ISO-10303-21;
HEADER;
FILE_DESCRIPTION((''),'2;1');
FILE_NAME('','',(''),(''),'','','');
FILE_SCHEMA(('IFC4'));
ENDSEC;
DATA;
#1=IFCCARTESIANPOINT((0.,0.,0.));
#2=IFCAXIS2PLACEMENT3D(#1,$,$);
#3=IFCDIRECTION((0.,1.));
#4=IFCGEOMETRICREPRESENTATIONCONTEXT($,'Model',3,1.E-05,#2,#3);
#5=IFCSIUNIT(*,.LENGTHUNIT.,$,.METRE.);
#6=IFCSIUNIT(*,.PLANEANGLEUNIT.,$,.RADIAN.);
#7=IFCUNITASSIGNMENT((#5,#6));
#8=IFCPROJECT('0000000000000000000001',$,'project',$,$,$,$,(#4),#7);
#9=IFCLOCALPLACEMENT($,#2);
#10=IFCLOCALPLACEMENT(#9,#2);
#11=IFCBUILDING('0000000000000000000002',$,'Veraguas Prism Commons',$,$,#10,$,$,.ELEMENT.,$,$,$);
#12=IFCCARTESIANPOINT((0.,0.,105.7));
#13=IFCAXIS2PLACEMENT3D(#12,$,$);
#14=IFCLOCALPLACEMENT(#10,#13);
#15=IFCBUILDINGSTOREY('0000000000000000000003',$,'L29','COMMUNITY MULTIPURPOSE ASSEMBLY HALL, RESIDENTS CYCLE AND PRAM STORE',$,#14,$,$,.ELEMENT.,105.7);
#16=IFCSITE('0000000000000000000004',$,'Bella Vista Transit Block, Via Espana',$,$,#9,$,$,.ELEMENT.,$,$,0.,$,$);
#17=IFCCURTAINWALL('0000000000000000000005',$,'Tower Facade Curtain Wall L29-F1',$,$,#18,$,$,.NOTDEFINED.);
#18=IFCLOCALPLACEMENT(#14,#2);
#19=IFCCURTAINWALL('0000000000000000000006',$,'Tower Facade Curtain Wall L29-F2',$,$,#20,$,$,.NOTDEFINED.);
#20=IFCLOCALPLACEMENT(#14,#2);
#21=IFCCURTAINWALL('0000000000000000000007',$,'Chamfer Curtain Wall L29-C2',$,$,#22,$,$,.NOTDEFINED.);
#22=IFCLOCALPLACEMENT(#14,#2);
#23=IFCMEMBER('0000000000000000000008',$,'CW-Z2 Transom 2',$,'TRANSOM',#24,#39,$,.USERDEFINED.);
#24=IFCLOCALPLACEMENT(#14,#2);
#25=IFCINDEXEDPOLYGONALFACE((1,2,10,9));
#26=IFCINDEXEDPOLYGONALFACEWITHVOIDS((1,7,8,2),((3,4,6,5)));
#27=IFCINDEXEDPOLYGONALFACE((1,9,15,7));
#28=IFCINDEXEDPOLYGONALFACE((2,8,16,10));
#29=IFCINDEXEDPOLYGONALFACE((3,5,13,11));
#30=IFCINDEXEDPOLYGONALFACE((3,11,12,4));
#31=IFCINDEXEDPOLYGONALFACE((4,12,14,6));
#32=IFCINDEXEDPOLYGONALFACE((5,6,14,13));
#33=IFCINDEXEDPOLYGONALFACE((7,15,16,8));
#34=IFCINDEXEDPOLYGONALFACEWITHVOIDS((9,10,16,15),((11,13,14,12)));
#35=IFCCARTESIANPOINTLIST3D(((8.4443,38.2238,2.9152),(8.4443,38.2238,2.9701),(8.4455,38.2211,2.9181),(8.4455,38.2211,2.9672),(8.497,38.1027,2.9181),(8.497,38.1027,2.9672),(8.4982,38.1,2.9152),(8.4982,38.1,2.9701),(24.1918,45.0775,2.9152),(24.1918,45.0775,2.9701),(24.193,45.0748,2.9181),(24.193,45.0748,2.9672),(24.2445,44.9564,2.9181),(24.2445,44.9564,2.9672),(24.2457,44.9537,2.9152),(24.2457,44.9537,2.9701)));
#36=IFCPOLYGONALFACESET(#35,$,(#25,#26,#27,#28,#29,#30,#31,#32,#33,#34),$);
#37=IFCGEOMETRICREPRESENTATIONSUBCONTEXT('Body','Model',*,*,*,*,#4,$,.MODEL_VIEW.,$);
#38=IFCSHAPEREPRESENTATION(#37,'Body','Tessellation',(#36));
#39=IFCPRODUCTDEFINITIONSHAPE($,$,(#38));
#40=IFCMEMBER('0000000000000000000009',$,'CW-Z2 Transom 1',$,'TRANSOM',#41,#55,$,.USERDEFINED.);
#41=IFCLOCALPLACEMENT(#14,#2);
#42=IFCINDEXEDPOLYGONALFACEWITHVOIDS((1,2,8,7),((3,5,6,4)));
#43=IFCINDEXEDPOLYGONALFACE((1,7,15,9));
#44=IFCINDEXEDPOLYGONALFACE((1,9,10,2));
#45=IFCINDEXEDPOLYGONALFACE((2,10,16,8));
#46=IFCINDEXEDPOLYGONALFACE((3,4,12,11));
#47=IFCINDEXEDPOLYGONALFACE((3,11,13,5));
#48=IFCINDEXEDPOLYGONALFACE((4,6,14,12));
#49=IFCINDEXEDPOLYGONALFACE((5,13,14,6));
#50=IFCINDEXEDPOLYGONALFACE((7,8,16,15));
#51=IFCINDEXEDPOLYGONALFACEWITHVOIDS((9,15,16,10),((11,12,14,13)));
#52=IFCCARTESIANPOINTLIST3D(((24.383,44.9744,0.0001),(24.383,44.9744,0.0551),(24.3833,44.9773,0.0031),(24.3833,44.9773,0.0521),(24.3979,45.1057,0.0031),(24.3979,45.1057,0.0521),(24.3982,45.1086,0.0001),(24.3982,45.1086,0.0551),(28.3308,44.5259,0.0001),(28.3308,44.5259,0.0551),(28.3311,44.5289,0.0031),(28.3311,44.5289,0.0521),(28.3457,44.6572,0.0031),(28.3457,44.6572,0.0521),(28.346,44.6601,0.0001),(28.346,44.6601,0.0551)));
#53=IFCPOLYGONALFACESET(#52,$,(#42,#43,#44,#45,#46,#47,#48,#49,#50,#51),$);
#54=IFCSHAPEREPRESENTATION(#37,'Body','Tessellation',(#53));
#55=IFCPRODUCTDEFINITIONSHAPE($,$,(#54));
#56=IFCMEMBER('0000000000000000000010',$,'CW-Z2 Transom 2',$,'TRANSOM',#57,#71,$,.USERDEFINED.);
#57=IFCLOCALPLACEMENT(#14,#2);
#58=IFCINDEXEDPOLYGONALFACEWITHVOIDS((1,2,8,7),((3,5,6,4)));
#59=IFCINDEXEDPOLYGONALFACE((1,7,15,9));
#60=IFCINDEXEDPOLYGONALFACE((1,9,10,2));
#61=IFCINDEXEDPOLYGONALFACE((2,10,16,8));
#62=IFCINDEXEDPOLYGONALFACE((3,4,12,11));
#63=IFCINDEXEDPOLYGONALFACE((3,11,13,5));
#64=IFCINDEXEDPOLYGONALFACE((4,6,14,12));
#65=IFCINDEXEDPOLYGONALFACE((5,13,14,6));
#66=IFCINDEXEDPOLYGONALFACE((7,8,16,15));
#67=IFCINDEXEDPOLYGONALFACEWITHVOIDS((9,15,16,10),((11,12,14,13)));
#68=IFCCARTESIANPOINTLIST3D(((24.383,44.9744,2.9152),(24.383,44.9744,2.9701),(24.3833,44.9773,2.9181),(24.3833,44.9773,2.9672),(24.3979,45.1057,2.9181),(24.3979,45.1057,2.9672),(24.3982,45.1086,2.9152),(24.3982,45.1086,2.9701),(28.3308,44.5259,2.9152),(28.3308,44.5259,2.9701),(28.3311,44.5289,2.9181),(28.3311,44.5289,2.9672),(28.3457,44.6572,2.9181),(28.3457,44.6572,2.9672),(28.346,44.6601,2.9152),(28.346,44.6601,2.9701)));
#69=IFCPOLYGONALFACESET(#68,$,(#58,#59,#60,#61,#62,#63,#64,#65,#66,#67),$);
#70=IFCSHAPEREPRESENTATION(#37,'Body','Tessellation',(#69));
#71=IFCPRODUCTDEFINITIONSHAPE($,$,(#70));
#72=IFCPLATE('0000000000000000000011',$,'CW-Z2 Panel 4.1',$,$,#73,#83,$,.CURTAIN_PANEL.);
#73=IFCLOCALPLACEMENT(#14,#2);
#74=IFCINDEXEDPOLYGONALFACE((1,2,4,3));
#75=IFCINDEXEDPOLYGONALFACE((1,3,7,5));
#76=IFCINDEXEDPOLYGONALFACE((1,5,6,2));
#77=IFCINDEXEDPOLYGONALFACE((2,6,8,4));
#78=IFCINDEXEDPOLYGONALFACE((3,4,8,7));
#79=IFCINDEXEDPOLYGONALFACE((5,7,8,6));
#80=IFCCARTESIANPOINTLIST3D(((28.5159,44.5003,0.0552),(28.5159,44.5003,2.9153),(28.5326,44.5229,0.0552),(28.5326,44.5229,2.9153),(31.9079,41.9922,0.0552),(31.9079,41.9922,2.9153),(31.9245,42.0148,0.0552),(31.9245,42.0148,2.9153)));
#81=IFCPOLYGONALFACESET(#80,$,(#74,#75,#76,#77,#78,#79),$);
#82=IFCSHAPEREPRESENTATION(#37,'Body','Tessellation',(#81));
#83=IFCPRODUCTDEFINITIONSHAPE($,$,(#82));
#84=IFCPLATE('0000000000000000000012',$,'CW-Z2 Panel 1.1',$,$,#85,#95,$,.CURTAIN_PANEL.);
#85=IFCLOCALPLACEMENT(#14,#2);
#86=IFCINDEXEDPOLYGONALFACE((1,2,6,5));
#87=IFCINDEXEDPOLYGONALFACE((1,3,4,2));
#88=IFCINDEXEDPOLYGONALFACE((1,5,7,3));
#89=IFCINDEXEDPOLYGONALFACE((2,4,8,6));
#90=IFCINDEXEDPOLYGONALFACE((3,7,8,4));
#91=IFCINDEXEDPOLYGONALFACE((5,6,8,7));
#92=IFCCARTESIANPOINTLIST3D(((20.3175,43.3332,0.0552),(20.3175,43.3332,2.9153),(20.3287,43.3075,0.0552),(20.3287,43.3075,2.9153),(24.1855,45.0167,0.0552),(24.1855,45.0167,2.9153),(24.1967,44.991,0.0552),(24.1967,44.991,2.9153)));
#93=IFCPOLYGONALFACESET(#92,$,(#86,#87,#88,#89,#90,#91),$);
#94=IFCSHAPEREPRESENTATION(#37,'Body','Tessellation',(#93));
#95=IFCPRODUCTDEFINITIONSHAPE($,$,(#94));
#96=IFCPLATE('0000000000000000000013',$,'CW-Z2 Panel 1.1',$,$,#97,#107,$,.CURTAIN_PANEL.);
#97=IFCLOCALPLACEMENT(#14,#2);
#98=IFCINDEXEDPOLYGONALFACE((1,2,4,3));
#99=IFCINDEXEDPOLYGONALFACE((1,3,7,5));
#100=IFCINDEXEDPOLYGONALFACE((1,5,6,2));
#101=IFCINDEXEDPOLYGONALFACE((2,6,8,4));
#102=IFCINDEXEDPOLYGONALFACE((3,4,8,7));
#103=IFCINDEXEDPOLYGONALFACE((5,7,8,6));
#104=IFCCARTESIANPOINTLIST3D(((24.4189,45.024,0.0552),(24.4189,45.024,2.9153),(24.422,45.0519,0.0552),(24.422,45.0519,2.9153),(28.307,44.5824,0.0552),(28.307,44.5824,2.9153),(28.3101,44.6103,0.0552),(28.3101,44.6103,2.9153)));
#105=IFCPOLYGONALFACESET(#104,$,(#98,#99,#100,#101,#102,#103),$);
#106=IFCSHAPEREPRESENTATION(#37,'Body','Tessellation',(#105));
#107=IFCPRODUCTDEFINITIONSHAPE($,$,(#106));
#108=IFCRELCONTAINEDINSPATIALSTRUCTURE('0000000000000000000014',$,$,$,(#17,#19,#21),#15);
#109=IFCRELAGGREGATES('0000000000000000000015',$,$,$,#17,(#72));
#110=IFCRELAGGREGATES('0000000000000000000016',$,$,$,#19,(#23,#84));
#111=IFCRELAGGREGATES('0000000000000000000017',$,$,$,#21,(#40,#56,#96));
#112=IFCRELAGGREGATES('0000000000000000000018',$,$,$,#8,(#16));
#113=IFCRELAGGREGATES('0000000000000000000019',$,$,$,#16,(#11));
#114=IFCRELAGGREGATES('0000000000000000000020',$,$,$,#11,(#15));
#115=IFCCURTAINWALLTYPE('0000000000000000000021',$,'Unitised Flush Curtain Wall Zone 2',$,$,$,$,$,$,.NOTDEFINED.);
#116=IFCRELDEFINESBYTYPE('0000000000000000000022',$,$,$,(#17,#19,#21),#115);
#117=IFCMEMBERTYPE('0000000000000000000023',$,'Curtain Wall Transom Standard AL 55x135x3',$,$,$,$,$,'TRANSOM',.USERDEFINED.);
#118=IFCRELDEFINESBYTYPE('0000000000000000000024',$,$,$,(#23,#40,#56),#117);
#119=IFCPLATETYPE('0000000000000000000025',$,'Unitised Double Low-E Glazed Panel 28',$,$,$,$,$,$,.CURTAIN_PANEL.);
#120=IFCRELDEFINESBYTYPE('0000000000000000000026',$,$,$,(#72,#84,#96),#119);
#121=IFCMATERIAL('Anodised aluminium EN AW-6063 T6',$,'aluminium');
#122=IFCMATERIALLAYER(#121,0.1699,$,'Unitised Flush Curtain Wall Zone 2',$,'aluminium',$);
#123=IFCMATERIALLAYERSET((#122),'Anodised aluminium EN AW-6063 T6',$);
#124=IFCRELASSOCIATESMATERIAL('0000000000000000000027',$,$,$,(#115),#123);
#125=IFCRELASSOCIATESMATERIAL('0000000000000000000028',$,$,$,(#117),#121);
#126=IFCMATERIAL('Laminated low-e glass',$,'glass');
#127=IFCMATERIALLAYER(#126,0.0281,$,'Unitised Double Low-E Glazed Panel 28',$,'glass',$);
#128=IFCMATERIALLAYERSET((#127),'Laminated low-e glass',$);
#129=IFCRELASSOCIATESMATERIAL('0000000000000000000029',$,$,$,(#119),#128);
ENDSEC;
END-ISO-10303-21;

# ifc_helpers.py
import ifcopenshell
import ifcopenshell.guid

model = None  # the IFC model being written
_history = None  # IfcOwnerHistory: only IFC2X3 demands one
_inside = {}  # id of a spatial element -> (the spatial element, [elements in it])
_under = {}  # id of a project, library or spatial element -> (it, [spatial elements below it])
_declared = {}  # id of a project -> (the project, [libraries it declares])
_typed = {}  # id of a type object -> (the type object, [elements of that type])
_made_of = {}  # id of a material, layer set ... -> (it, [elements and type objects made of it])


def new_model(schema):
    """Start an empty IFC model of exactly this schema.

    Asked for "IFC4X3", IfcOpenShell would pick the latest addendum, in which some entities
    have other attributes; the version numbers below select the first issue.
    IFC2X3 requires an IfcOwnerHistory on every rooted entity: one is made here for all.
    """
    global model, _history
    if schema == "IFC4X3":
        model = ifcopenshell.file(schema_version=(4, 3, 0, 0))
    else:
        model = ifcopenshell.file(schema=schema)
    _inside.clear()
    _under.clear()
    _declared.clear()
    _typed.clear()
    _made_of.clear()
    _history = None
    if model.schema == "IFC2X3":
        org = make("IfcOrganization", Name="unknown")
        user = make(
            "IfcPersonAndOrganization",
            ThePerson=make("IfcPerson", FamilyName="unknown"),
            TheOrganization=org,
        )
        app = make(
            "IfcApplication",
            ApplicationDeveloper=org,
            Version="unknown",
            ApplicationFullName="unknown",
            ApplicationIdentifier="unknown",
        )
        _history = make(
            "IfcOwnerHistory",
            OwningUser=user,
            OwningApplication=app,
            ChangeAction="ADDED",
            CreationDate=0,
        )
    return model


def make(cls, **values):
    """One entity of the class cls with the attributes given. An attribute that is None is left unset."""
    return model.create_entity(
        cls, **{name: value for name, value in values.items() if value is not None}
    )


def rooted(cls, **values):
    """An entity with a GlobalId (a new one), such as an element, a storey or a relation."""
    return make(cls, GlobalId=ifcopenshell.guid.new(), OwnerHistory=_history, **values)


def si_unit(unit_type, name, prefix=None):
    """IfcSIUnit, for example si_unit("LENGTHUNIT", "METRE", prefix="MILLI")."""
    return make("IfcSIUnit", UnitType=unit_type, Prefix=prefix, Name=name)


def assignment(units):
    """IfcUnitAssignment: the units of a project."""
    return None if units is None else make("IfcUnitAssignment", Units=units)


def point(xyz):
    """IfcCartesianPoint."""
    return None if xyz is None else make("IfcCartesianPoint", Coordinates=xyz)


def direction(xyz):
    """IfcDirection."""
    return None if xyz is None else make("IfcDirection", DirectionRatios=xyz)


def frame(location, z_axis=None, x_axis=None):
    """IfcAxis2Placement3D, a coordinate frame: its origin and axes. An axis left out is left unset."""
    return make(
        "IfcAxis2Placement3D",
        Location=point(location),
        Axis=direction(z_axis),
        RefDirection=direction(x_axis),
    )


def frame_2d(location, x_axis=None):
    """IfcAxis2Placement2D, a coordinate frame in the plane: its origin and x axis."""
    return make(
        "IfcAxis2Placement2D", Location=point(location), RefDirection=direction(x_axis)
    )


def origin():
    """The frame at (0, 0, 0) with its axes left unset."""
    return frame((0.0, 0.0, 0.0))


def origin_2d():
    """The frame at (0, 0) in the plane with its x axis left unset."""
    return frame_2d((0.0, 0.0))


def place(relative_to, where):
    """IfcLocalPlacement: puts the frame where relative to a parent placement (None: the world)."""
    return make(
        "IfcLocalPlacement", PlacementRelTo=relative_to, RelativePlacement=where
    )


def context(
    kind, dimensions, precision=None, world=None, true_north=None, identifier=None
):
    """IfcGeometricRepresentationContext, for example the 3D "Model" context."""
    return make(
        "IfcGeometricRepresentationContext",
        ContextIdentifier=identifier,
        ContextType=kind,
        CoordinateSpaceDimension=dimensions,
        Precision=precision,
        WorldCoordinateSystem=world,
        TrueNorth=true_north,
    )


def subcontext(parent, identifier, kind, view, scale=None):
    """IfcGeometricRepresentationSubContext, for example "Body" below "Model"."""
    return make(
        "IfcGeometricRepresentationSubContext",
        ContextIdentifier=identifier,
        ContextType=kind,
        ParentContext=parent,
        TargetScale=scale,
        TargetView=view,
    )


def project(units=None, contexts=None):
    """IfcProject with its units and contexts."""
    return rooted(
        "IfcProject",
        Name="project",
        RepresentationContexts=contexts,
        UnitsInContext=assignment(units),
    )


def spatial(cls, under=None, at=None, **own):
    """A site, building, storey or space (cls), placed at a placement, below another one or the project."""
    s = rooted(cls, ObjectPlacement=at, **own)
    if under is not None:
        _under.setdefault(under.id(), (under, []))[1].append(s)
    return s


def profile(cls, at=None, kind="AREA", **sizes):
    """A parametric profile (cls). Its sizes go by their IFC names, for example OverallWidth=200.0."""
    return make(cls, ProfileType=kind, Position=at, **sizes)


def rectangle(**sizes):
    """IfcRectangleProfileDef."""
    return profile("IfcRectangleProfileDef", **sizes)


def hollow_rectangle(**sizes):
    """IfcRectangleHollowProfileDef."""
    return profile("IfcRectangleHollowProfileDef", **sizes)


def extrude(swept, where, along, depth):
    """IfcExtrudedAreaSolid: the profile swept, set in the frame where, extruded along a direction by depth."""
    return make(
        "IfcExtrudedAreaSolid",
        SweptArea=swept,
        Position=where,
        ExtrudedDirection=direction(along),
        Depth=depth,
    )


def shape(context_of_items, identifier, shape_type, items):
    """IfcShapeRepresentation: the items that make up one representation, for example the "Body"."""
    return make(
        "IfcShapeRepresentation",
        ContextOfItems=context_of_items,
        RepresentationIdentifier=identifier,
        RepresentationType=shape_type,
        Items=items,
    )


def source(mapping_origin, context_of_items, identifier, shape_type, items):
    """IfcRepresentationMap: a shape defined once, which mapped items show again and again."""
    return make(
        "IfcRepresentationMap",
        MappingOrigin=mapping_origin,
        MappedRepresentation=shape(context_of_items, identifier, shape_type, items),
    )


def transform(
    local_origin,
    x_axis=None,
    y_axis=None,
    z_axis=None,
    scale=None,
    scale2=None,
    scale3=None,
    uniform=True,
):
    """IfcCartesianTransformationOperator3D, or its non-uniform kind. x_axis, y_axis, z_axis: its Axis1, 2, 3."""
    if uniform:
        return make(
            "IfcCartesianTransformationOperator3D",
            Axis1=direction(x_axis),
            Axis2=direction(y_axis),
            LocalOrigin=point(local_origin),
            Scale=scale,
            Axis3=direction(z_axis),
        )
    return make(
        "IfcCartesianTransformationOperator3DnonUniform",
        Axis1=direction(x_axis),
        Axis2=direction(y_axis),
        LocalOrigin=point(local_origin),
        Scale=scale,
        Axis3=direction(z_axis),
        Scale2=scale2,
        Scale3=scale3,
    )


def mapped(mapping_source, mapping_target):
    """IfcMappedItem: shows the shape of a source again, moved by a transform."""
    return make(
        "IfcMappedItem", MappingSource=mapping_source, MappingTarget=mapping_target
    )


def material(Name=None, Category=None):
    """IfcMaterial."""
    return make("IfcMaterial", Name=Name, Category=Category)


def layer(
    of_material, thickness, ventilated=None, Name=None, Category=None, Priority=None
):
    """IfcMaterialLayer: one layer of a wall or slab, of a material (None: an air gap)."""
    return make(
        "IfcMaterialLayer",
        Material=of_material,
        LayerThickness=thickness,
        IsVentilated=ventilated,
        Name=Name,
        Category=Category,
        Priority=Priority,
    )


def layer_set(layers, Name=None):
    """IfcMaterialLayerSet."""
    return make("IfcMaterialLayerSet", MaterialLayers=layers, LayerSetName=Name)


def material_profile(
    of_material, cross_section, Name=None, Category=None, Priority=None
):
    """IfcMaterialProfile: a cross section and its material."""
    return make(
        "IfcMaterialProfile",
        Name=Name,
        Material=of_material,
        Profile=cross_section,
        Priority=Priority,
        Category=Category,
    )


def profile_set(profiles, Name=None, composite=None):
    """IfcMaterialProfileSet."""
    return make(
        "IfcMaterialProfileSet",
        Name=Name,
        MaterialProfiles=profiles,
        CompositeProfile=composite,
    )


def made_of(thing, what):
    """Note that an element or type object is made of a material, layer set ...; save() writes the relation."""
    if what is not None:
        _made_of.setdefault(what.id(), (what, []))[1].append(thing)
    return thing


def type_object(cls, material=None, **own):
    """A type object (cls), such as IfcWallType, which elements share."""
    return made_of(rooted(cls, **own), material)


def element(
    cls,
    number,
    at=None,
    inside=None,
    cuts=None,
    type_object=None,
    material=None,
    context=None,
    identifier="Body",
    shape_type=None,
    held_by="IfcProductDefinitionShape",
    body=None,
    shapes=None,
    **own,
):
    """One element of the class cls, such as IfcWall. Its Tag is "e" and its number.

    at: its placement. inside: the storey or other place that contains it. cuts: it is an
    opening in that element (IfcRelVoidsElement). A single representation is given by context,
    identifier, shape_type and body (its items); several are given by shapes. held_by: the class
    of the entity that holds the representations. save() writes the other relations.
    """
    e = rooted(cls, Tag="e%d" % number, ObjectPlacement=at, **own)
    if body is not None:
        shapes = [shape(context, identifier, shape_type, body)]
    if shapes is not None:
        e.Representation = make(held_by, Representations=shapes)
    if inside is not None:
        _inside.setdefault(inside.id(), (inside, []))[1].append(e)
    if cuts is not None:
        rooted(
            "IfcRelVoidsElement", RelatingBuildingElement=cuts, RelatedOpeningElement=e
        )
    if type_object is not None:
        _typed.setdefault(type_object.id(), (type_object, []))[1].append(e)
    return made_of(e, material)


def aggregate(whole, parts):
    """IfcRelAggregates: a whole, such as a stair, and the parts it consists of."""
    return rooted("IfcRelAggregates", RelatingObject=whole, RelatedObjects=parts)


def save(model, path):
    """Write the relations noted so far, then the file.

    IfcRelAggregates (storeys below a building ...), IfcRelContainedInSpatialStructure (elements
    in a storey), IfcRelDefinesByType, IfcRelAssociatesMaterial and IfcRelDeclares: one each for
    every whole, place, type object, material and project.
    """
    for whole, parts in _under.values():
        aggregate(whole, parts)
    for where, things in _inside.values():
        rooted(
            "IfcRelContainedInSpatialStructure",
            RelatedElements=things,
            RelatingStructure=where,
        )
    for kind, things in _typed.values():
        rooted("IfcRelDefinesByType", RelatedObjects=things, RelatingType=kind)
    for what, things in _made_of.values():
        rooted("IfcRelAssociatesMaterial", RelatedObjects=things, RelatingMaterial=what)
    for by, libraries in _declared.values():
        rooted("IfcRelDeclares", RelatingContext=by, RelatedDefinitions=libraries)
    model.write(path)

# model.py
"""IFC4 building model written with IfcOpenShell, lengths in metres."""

from ifc_helpers import new_model, si_unit, direction, frame, origin, origin_2d, place, context, subcontext, project, spatial, rectangle, hollow_rectangle, extrude, source, transform, mapped, material, layer, layer_set, material_profile, profile_set, type_object, element, aggregate, save


model = new_model("IFC4")

# Units and contexts
model_context = context("Model", 3, precision=1e-05, world=origin(), true_north=direction((0.0, 1.0)))
body_context = subcontext(model_context, "Body", "Model", "MODEL_VIEW")
ifc_project = project(units=[si_unit("LENGTHUNIT", "METRE"), si_unit("PLANEANGLEUNIT", "RADIAN")], contexts=[model_context])

# Site, building, storey
site_placement = place(None, origin())
site = spatial("IfcSite", under=ifc_project, at=site_placement, Name="Bella Vista Transit Block, Via Espana", CompositionType="ELEMENT", RefElevation=0.0)
building_placement = place(site_placement, origin())
building = spatial("IfcBuilding", under=site, at=building_placement, Name="Veraguas Prism Commons", CompositionType="ELEMENT")
storey_placement = place(building_placement, frame((0.0, 0.0, 105.7)))
storey = spatial("IfcBuildingStorey", under=building, at=storey_placement, Name="L29", Description="COMMUNITY MULTIPURPOSE ASSEMBLY HALL, RESIDENTS CYCLE AND PRAM STORE", CompositionType="ELEMENT", Elevation=105.7)

# Curtain walls
ifc_material_1 = material(Name="Anodised aluminium EN AW-6063 T6", Category="aluminium")
ifc_layer_1 = layer(ifc_material_1, 0.1699, Name="Unitised Flush Curtain Wall Zone 2", Category="aluminium")
ifc_layer_set_1 = layer_set([ifc_layer_1], Name="Anodised aluminium EN AW-6063 T6")
curtain_wall_type = type_object("IfcCurtainWallType", Name="Unitised Flush Curtain Wall Zone 2", PredefinedType="NOTDEFINED", material=ifc_layer_set_1)
curtain_wall_1_placement = place(storey_placement, origin())
curtain_wall_1 = element("IfcCurtainWall", 1, at=curtain_wall_1_placement, inside=storey, type_object=curtain_wall_type, Name="Tower Facade Curtain Wall L29-F1", PredefinedType="NOTDEFINED")
curtain_wall_2_placement = place(storey_placement, origin())
curtain_wall_2 = element("IfcCurtainWall", 2, at=curtain_wall_2_placement, inside=storey, type_object=curtain_wall_type, Name="Tower Facade Curtain Wall L29-F2", PredefinedType="NOTDEFINED")

# Curtain wall
curtain_wall_3_placement = place(storey_placement, origin())
curtain_wall_3 = element("IfcCurtainWall", 3, at=curtain_wall_3_placement, inside=storey, type_object=curtain_wall_type, Name="Chamfer Curtain Wall L29-C2", PredefinedType="NOTDEFINED")

# Members
ifc_material_profile_1 = material_profile(ifc_material_1, hollow_rectangle(XDim=0.0549, YDim=0.135, WallThickness=0.0029, at=origin_2d()), Name="AL55X135X3")
ifc_profile_set_1 = profile_set([ifc_material_profile_1], Name="Anodised aluminium EN AW-6063 T6")
member_type_1 = type_object("IfcMemberType", Name="Curtain Wall Transom Standard AL 55x135x3", ElementType="TRANSOM", PredefinedType="USERDEFINED", material=ifc_profile_set_1)
shared_shape_1 = source(origin(), body_context, "Body", "SweptSolid", [
    extrude(hollow_rectangle(XDim=0.0549, YDim=0.135, WallThickness=0.0029, at=origin_2d()), origin(), (0.0, 0.0, 1.0), 17.1743),
])
member_1_placement = place(storey_placement, frame((24.2188, 45.0156, 2.9426), z_axis=(-0.916921, -0.399069, 0.0), x_axis=(0.0, 0.0, 1.0)))
member_1 = element("IfcMember", 4, at=member_1_placement, type_object=member_type_1, Name="CW-Z2 Transom 2", ObjectType="TRANSOM", PredefinedType="USERDEFINED", context=body_context, shape_type="MappedRepresentation", body=[
    mapped(shared_shape_1, transform((0.0, 0.0, 0.0), scale=1.0)),
])
shared_shape_2 = source(origin(), body_context, "Body", "SweptSolid", [
    extrude(hollow_rectangle(XDim=0.0549, YDim=0.135, WallThickness=0.0029, at=origin_2d()), origin(), (0.0, 0.0, 1.0), 3.9731),
])
member_2_placement = place(storey_placement, frame((28.3384, 44.593, 0.0276), z_axis=(-0.993609, 0.112879, 0.0), x_axis=(0.0, 0.0, 1.0)))
member_2 = element("IfcMember", 5, at=member_2_placement, type_object=member_type_1, Name="CW-Z2 Transom 1", ObjectType="TRANSOM", PredefinedType="USERDEFINED", context=body_context, shape_type="MappedRepresentation", body=[
    mapped(shared_shape_2, transform((0.0, 0.0, 0.0), scale=1.0)),
])
member_3_placement = place(storey_placement, frame((28.3384, 44.593, 2.9426), z_axis=(-0.993609, 0.112879, 0.0), x_axis=(0.0, 0.0, 1.0)))
member_3 = element("IfcMember", 6, at=member_3_placement, type_object=member_type_1, Name="CW-Z2 Transom 2", ObjectType="TRANSOM", PredefinedType="USERDEFINED", context=body_context, shape_type="MappedRepresentation", body=[
    mapped(shared_shape_2, transform((0.0, 0.0, 0.0), scale=1.0)),
])

# Plates
ifc_material_2 = material(Name="Laminated low-e glass", Category="glass")
ifc_layer_2 = layer(ifc_material_2, 0.0281, Name="Unitised Double Low-E Glazed Panel 28", Category="glass")
ifc_layer_set_2 = layer_set([ifc_layer_2], Name="Laminated low-e glass")
plate_type = type_object("IfcPlateType", Name="Unitised Double Low-E Glazed Panel 28", PredefinedType="CURTAIN_PANEL", material=ifc_layer_set_2)
shared_shape_3 = source(origin(), body_context, "Body", "SweptSolid", [
    extrude(rectangle(XDim=4.2185, YDim=0.0281, at=origin_2d()), origin(), (0.0, 0.0, 1.0), 2.8601),
])
plate_1_placement = place(storey_placement, frame((30.2202, 43.2576, 0.0552), z_axis=(0.0, 0.0, 1.0), x_axis=(-0.804068, 0.594538, 0.0)))
plate_1 = element("IfcPlate", 7, at=plate_1_placement, type_object=plate_type, Name="CW-Z2 Panel 4.1", PredefinedType="CURTAIN_PANEL", context=body_context, shape_type="MappedRepresentation", body=[
    mapped(shared_shape_3, transform((0.0, 0.0, 0.0), scale=1.0)),
])
aggregate(curtain_wall_1, [plate_1])
plate_2_placement = place(storey_placement, frame((22.2571, 44.1621, 0.0552), z_axis=(0.0, 0.0, 1.0), x_axis=(-0.916919, -0.399072, 0.0)))
plate_2 = element("IfcPlate", 8, at=plate_2_placement, type_object=plate_type, Name="CW-Z2 Panel 1.1", PredefinedType="CURTAIN_PANEL", context=body_context, shape_type="MappedRepresentation", body=[
    mapped(shared_shape_3, transform((0.0, 0.0, 0.0), scale=1.0)),
])
aggregate(curtain_wall_2, [member_1, plate_2])
shared_shape_4 = source(origin(), body_context, "Body", "SweptSolid", [
    extrude(rectangle(XDim=3.9131, YDim=0.0281, at=origin_2d()), origin(), (0.0, 0.0, 1.0), 2.8601),
])
plate_3_placement = place(storey_placement, frame((26.3645, 44.8171, 0.0552), z_axis=(0.0, 0.0, 1.0), x_axis=(-0.993613, 0.112839, 0.0)))
plate_3 = element("IfcPlate", 9, at=plate_3_placement, type_object=plate_type, Name="CW-Z2 Panel 1.1", PredefinedType="CURTAIN_PANEL", context=body_context, shape_type="MappedRepresentation", body=[
    mapped(shared_shape_4, transform((0.0, 0.0, 0.0), scale=1.0)),
])
aggregate(curtain_wall_3, [member_2, member_3, plate_3])

save(model, "model.ifc")
